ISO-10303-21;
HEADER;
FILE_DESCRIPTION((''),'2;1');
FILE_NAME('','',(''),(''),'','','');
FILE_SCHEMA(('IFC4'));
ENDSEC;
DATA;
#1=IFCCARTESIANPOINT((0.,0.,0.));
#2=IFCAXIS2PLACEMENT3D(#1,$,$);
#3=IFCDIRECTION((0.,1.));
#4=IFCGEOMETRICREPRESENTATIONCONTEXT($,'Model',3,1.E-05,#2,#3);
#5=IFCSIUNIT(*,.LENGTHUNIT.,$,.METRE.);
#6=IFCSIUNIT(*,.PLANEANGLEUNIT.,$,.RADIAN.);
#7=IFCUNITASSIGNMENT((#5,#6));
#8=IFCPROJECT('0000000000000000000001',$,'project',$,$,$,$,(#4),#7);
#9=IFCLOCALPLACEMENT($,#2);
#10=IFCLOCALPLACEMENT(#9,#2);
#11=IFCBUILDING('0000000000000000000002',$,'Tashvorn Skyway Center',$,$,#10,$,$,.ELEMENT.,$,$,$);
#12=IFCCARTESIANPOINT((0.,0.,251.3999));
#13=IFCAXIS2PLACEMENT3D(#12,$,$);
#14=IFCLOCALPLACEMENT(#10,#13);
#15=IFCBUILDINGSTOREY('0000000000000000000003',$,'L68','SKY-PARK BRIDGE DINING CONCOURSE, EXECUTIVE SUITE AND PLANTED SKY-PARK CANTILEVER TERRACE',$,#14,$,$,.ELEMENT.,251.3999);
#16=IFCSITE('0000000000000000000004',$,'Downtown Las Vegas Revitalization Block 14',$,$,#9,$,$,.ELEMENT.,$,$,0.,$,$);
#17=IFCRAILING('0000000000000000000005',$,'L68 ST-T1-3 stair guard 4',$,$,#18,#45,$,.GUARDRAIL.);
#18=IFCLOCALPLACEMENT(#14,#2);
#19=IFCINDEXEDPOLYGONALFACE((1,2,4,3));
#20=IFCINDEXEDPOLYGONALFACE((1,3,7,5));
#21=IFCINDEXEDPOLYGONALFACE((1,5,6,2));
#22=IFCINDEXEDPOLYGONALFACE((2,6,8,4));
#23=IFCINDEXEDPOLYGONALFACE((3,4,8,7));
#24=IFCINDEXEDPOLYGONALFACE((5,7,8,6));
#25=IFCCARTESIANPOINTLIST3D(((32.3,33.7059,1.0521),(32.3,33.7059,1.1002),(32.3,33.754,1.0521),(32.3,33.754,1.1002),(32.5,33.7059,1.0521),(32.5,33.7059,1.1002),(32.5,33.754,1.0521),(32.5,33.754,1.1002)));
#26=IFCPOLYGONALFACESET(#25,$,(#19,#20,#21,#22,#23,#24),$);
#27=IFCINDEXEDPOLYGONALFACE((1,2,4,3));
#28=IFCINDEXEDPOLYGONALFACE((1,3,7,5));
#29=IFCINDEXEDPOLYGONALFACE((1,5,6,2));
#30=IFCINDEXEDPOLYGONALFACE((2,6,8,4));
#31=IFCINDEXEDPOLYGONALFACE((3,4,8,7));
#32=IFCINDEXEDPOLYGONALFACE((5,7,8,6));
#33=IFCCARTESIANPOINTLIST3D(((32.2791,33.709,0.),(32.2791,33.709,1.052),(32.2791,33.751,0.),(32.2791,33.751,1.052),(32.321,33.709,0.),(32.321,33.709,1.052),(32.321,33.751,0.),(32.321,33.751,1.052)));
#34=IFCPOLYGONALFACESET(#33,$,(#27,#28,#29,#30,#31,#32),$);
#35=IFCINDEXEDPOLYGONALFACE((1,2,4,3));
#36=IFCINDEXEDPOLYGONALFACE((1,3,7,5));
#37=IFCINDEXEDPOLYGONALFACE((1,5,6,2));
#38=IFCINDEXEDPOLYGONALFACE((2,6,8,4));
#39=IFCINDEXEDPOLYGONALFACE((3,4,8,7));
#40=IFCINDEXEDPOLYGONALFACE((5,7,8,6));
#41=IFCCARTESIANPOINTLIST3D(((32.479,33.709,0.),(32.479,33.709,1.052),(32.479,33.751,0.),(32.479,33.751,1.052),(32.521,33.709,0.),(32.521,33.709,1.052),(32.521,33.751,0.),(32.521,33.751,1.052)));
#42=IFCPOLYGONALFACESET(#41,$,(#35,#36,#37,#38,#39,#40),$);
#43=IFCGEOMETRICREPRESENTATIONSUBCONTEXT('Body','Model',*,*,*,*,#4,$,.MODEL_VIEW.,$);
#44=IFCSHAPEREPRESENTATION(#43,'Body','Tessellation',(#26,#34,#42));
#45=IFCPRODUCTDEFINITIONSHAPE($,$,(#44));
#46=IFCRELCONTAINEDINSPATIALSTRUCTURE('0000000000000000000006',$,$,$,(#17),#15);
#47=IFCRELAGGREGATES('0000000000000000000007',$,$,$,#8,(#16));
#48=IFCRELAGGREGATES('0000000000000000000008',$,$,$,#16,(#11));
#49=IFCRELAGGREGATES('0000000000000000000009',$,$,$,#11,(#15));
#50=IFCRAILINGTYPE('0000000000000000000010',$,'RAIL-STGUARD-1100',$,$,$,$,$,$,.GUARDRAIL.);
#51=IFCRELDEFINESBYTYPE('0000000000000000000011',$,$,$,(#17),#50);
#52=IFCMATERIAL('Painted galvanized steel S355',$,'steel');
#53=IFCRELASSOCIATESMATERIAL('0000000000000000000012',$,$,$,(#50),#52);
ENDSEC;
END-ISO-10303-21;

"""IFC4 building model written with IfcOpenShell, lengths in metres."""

from ifc_helpers import new_model, si_unit, direction, frame, origin, origin_2d, place, context, subcontext, project, spatial, rectangle, extrude, material, type_object, element, save


model = new_model("IFC4")

# Units and contexts
model_context = context("Model", 3, precision=1e-05, world=origin(), true_north=direction((0.0, 1.0)))
body_context = subcontext(model_context, "Body", "Model", "MODEL_VIEW")
ifc_project = project(units=[si_unit("LENGTHUNIT", "METRE"), si_unit("PLANEANGLEUNIT", "RADIAN")], contexts=[model_context])

# Site, building, storey
site_placement = place(None, origin())
site = spatial("IfcSite", under=ifc_project, at=site_placement, Name="Downtown Las Vegas Revitalization Block 14", CompositionType="ELEMENT", RefElevation=0.0)
building_placement = place(site_placement, origin())
building = spatial("IfcBuilding", under=site, at=building_placement, Name="Tashvorn Skyway Center", CompositionType="ELEMENT")
storey_placement = place(building_placement, frame((0.0, 0.0, 251.3999)))
storey = spatial("IfcBuildingStorey", under=building, at=storey_placement, Name="L68", Description="SKY-PARK BRIDGE DINING CONCOURSE, EXECUTIVE SUITE AND PLANTED SKY-PARK CANTILEVER TERRACE", CompositionType="ELEMENT", Elevation=251.3999)

# Railing
ifc_material_1 = material(Name="Painted galvanized steel S355", Category="steel")
railing_type_1 = type_object("IfcRailingType", Name="RAIL-STGUARD-1100", PredefinedType="GUARDRAIL", material=ifc_material_1)
railing_1_placement = place(storey_placement, frame((32.3, 33.73, 0.0)))
element("IfcRailing", 1, at=railing_1_placement, inside=storey, type_object=railing_type_1, Name="L68 ST-T1-3 stair guard 4", PredefinedType="GUARDRAIL", context=body_context, shape_type="SweptSolid", body=[
    extrude(rectangle(XDim=0.0481, YDim=0.0481, at=origin_2d()), frame((0.0, 0.0, 1.0762), z_axis=(1.0, 0.0, 0.0), x_axis=(0.0, 1.0, 0.0)), (0.0, 0.0, 1.0), 0.2),
    extrude(rectangle(XDim=0.042, YDim=0.042, at=origin_2d()), origin(), (0.0, 0.0, 1.0), 1.052),
    extrude(rectangle(XDim=0.042, YDim=0.042, at=origin_2d()), frame((0.2, 0.0, 0.0)), (0.0, 0.0, 1.0), 1.052),
])

save(model, "model.ifc")
